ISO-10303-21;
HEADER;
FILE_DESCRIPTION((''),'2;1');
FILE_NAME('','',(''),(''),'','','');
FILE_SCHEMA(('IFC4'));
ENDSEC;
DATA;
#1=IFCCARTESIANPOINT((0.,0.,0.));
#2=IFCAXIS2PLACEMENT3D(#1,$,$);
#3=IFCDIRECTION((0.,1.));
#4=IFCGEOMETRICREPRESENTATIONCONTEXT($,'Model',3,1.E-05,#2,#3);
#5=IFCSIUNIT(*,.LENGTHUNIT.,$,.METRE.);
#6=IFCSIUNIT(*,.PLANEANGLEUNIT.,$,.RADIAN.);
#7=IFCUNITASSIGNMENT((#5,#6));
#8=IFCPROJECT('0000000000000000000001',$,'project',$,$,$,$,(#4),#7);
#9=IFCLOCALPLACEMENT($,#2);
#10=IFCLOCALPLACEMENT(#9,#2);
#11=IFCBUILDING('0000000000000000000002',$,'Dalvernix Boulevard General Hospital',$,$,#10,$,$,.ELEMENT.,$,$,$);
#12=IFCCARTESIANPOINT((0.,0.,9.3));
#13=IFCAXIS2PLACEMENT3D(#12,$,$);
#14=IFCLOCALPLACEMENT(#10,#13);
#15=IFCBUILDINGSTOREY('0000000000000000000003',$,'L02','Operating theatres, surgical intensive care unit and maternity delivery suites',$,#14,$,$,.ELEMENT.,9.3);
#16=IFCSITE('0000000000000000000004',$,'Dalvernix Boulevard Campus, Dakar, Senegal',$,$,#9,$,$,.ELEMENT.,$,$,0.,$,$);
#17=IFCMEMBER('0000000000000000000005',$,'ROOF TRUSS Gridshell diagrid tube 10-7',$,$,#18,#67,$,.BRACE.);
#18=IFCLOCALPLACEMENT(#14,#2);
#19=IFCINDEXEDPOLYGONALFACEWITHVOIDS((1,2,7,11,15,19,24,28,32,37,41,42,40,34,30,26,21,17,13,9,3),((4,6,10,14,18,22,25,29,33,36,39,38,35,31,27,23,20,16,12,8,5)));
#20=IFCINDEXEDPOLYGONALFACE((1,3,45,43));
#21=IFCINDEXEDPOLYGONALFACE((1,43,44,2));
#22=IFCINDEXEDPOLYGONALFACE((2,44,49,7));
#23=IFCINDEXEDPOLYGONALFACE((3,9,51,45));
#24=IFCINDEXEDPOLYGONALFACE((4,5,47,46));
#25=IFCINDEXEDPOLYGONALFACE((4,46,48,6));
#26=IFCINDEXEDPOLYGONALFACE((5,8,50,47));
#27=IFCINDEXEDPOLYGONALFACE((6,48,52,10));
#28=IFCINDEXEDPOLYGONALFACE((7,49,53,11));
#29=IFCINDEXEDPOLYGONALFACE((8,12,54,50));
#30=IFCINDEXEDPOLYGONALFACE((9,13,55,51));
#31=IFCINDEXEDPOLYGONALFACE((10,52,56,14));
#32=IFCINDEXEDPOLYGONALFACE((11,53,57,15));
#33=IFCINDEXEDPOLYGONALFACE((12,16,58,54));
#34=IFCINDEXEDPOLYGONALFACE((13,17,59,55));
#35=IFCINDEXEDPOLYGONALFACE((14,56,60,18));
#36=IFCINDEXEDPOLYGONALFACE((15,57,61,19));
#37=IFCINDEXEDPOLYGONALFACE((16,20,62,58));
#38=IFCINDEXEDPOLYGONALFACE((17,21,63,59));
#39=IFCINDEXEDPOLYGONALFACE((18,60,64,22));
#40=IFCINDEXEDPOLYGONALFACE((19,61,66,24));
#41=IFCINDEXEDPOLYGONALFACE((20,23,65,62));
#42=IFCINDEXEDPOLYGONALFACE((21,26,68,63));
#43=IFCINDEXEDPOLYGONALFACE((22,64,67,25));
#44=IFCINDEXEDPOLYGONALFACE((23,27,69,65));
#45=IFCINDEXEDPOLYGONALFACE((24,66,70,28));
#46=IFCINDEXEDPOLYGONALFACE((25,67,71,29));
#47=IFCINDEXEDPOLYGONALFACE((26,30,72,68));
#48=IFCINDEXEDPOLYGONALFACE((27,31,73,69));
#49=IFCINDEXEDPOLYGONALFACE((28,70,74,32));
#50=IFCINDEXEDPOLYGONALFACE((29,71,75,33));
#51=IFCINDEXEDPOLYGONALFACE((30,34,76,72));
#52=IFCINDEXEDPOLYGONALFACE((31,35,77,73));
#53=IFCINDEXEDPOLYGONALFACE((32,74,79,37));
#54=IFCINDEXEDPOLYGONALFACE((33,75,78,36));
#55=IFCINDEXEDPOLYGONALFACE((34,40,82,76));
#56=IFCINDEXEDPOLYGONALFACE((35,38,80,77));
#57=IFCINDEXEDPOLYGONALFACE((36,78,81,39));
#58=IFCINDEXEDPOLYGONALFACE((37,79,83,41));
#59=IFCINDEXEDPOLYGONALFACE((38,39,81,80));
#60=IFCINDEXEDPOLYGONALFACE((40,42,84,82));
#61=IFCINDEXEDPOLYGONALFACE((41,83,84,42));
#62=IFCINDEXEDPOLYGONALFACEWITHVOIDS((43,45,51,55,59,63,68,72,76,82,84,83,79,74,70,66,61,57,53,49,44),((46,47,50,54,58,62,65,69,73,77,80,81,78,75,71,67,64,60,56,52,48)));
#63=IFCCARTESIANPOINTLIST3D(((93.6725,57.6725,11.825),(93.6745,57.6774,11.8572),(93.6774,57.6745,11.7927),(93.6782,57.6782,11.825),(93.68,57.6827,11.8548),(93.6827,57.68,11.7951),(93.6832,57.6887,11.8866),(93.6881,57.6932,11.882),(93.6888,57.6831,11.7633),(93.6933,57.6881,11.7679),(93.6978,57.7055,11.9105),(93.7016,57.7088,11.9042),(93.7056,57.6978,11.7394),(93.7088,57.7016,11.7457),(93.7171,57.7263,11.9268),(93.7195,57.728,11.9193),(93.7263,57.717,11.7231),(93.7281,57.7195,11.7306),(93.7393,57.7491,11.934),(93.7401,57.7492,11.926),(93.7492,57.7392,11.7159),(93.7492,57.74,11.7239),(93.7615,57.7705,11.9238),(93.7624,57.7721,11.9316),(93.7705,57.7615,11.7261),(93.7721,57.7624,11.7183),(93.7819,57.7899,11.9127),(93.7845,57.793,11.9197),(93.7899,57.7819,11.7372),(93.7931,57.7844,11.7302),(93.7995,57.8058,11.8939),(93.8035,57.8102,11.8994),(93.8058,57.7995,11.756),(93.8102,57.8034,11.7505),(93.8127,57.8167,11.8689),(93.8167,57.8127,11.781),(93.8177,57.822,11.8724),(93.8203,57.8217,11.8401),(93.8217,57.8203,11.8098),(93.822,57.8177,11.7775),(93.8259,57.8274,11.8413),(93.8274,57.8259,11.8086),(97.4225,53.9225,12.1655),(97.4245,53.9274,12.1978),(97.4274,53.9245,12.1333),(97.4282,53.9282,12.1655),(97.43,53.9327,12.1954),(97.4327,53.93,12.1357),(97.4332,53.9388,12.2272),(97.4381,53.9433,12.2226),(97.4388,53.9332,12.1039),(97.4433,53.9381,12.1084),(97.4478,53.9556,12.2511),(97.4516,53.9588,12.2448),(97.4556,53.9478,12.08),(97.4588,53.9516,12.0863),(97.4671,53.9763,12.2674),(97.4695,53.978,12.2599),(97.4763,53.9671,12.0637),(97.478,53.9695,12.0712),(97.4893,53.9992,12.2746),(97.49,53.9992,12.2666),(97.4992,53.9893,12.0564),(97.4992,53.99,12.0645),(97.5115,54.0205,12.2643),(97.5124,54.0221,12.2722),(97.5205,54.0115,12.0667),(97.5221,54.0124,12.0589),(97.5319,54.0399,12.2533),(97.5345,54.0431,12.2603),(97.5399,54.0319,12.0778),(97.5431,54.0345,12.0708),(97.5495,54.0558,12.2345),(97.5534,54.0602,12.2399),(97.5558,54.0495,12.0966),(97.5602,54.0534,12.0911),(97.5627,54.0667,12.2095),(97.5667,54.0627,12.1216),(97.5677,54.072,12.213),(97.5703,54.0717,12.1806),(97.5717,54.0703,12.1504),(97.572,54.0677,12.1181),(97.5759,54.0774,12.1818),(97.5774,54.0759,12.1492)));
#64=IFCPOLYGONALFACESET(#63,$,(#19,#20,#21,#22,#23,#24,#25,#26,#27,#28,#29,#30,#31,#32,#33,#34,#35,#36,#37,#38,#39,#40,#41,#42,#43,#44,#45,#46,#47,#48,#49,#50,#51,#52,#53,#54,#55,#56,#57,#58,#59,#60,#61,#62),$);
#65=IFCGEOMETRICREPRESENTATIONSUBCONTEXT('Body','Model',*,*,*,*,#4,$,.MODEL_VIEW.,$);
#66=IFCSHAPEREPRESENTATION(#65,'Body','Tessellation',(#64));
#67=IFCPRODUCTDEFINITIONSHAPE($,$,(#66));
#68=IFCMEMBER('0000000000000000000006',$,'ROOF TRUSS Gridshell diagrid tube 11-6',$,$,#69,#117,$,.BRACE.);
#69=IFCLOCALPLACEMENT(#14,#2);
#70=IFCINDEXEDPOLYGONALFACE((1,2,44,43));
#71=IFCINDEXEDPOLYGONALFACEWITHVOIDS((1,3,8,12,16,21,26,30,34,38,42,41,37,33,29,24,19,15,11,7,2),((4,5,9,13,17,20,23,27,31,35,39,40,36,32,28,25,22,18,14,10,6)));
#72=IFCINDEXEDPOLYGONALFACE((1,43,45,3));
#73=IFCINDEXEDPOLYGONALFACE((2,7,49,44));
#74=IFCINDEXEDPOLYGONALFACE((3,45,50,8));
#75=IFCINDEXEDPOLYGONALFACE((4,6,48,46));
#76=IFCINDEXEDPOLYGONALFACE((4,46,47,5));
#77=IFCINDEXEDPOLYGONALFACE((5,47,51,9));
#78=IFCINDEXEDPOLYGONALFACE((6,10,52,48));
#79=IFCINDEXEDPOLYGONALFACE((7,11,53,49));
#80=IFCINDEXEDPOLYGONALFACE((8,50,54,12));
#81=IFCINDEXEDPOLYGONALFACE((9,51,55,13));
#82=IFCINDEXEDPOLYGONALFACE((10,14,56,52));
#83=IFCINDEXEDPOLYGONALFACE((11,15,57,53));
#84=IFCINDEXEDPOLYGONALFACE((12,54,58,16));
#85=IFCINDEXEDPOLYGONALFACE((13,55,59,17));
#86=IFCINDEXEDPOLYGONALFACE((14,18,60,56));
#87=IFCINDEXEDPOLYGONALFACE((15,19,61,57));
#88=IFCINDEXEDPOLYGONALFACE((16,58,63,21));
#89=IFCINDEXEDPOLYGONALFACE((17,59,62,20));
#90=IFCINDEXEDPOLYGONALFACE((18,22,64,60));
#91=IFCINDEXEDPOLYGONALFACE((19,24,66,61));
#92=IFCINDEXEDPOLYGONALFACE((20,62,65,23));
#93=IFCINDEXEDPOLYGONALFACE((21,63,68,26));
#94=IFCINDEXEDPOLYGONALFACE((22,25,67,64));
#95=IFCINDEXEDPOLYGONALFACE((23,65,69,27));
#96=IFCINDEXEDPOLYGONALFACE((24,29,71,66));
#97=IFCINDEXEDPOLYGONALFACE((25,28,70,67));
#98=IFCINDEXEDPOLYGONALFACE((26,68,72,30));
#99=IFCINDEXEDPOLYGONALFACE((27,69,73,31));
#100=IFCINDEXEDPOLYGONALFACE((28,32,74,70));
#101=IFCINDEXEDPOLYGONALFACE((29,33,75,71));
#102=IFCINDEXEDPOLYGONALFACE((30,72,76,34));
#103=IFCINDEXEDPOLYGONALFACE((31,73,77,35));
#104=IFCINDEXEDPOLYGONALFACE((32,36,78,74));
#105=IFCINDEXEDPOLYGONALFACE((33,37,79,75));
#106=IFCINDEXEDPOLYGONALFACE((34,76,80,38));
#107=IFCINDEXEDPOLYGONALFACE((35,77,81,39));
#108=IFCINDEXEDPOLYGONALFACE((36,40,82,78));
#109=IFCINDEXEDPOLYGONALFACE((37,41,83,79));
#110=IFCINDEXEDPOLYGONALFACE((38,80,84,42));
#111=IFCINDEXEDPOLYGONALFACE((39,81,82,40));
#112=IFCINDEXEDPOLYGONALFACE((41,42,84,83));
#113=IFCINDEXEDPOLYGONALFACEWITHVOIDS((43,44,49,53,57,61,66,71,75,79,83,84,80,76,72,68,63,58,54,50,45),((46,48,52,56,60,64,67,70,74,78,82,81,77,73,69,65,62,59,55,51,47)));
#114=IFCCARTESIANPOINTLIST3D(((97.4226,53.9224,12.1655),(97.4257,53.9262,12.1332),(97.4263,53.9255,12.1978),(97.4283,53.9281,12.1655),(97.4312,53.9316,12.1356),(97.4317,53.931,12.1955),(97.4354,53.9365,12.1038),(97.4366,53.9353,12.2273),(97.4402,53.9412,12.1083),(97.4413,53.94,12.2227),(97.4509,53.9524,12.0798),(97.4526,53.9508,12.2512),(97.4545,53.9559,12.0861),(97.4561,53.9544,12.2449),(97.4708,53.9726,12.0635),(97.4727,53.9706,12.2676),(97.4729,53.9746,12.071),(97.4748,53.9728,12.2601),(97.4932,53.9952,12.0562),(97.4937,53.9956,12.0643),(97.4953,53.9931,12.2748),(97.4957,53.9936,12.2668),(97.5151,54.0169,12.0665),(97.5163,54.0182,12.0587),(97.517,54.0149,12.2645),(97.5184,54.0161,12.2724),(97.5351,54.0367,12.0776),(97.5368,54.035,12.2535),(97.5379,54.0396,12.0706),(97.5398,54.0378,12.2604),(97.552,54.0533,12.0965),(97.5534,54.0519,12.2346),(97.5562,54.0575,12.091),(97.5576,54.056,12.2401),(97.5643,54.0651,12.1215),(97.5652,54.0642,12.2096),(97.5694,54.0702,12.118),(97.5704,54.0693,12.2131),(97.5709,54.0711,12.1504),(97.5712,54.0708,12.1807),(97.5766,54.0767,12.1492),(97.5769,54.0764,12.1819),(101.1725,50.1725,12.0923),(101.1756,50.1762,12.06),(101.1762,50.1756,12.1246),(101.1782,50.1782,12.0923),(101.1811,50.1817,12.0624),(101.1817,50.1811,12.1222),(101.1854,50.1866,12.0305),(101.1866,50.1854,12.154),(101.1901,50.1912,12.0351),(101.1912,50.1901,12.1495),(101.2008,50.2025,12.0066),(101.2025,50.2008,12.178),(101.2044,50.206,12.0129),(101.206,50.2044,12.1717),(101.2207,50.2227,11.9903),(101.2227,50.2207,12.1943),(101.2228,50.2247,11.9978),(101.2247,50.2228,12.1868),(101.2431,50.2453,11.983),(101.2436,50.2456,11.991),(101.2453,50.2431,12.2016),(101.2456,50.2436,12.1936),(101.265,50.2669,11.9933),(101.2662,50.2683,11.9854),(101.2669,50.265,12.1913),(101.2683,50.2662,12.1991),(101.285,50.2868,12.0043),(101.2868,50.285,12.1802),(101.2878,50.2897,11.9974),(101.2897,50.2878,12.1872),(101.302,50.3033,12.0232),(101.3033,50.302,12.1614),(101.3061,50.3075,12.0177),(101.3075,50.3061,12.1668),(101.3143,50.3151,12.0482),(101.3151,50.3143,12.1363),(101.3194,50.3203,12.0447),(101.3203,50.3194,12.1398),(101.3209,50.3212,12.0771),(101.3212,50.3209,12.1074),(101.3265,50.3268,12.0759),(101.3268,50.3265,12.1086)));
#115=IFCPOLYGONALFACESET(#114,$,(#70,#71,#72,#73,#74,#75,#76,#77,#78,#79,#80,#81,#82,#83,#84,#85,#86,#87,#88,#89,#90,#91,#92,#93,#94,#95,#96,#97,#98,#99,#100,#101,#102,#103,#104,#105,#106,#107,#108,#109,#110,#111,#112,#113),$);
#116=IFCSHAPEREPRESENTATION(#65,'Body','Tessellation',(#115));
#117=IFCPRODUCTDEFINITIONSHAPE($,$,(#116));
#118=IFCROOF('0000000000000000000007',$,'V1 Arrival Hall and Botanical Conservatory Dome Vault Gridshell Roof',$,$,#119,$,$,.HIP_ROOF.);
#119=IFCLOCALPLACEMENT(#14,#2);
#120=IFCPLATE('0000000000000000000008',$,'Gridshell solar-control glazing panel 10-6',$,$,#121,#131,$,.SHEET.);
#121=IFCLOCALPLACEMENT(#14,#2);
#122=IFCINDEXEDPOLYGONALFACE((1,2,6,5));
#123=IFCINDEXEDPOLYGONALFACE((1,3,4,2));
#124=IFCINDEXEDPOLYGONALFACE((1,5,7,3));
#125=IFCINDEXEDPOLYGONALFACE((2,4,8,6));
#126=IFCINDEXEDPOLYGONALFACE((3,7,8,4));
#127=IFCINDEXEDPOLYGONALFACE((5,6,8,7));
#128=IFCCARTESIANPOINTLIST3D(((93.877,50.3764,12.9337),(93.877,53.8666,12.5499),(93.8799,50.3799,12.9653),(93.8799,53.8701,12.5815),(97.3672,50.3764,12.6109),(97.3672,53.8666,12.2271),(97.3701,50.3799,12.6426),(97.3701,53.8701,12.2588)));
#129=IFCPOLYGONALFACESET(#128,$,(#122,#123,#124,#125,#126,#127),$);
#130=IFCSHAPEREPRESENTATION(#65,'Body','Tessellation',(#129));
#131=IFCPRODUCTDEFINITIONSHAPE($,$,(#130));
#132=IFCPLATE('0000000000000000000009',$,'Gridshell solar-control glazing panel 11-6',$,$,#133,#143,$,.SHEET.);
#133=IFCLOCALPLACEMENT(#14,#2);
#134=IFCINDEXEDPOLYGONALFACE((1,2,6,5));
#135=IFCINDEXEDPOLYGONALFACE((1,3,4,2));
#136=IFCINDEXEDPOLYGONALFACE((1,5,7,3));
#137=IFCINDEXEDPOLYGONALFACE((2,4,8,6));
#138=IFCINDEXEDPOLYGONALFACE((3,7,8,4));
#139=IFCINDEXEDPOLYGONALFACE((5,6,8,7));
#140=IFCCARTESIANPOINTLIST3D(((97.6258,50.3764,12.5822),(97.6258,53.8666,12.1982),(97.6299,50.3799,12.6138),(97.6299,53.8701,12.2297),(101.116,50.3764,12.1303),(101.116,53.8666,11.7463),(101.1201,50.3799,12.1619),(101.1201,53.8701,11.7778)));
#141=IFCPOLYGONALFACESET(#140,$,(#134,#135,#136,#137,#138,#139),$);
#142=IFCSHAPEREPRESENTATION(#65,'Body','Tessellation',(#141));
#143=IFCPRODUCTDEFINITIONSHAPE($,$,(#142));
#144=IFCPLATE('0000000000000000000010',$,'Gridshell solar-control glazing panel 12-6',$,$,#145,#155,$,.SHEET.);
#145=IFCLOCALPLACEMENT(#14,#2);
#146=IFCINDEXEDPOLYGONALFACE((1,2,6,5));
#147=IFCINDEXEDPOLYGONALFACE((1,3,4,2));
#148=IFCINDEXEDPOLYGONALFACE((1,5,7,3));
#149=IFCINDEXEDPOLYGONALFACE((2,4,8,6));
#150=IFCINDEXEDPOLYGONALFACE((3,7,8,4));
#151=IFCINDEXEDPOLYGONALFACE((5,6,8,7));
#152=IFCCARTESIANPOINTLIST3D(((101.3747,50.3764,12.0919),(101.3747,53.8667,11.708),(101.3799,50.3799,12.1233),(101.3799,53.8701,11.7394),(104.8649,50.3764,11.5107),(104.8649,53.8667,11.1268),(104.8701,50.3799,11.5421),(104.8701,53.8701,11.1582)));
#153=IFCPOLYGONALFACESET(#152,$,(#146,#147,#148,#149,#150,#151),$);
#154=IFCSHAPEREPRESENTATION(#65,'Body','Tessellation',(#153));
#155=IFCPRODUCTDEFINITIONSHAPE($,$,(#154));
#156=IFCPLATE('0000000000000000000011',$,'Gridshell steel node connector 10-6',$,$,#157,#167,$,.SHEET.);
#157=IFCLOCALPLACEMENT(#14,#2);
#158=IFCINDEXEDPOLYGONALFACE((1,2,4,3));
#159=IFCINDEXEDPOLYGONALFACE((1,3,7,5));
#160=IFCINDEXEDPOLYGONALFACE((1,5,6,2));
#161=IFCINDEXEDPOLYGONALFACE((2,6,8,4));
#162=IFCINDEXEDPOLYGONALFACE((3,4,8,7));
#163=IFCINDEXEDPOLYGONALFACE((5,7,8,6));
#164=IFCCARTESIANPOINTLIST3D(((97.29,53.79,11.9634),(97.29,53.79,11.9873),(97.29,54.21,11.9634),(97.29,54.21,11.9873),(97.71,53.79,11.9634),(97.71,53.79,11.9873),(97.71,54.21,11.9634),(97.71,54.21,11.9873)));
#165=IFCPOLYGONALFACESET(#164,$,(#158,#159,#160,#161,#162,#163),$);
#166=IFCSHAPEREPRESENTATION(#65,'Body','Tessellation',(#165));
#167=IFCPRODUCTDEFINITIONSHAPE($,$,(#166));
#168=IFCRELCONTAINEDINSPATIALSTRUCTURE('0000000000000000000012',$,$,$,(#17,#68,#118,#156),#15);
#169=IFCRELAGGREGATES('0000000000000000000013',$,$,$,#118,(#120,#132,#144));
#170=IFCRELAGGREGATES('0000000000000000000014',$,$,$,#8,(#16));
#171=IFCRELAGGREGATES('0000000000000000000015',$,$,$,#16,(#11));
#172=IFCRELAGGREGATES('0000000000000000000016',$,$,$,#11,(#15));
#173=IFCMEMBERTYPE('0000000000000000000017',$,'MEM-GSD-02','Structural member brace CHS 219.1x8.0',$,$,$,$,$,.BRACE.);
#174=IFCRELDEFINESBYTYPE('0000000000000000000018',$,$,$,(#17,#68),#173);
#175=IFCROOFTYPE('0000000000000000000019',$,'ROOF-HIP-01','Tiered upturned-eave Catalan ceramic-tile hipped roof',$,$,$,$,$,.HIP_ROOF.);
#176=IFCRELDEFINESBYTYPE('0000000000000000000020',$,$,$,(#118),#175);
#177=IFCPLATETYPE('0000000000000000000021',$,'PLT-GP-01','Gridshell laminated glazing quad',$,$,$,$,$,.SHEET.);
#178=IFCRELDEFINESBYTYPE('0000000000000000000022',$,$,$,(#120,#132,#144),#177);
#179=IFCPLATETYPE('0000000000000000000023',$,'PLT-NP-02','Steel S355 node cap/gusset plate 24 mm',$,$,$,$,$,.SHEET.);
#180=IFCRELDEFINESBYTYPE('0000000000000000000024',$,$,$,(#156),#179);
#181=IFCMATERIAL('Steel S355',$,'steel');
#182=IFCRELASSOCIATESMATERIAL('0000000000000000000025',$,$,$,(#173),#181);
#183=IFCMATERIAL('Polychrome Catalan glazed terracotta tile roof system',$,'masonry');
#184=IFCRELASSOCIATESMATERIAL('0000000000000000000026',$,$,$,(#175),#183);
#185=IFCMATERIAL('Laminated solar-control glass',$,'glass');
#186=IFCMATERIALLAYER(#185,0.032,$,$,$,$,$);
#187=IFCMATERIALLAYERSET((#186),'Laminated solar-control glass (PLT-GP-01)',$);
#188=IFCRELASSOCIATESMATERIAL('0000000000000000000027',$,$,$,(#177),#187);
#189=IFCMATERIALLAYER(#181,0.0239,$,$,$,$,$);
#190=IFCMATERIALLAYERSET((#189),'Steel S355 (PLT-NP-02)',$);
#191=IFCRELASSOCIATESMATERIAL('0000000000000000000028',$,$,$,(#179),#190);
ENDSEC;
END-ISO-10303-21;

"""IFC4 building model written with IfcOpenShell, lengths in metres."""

from ifc_helpers import new_model, si_unit, direction, frame, origin, origin_2d, place, context, subcontext, project, spatial, polyline, rectangle, hollow_circle, outline, extrude, material, layer, layer_set, material_profile, profile_set, type_object, element, aggregate, save


model = new_model("IFC4")

# Units and contexts
model_context = context("Model", 3, precision=1e-05, world=origin(), true_north=direction((0.0, 1.0)))
body_context = subcontext(model_context, "Body", "Model", "MODEL_VIEW")
ifc_project = project(units=[si_unit("LENGTHUNIT", "METRE"), si_unit("PLANEANGLEUNIT", "RADIAN")], contexts=[model_context])

# Site, building, storey
site_placement = place(None, origin())
site = spatial("IfcSite", under=ifc_project, at=site_placement, Name="Dalvernix Boulevard Campus, Dakar, Senegal", CompositionType="ELEMENT", RefElevation=0.0)
building_placement = place(site_placement, origin())
building = spatial("IfcBuilding", under=site, at=building_placement, Name="Dalvernix Boulevard General Hospital", CompositionType="ELEMENT")
storey_placement = place(building_placement, frame((0.0, 0.0, 9.3)))
storey = spatial("IfcBuildingStorey", under=building, at=storey_placement, Name="L02", Description="Operating theatres, surgical intensive care unit and maternity delivery suites", CompositionType="ELEMENT", Elevation=9.3)

# Shared definitions
ifc_material_1 = material(Name="Steel S355", Category="steel")

# Members
ifc_material_profile_1 = material_profile(ifc_material_1, hollow_circle(Radius=0.1096, WallThickness=0.0081, at=origin_2d()), Name="CHS 219.1x8.0")
ifc_profile_set_1 = profile_set([ifc_material_profile_1], Name="Steel S355")
member_type_1 = type_object("IfcMemberType", Name="MEM-GSD-02", Description="Structural member brace CHS 219.1x8.0", PredefinedType="BRACE", material=ifc_profile_set_1)
member_1_placement = place(storey_placement, frame((97.5, 54.0, 12.1655), z_axis=(-0.705653, 0.705653, -0.064088), x_axis=(-0.707107, -0.707107, 0.0)))
element("IfcMember", 1, at=member_1_placement, inside=storey, type_object=member_type_1, Name="ROOF TRUSS Gridshell diagrid tube 10-7", PredefinedType="BRACE", context=body_context, shape_type="SweptSolid", body=[
    extrude(hollow_circle(Radius=0.1096, WallThickness=0.0081, at=origin_2d()), origin(), (0.0, 0.0, 1.0), 5.3142),
])
member_2_placement = place(storey_placement, frame((101.25, 50.25, 12.0923), z_axis=(-0.707039, 0.707039, 0.013809), x_axis=(-0.707107, -0.707107, 0.0)))
element("IfcMember", 2, at=member_2_placement, inside=storey, type_object=member_type_1, Name="ROOF TRUSS Gridshell diagrid tube 11-6", PredefinedType="BRACE", context=body_context, shape_type="SweptSolid", body=[
    extrude(hollow_circle(Radius=0.1096, WallThickness=0.0081, at=origin_2d()), origin(), (0.0, 0.0, 1.0), 5.3037),
])

# Roof, plates
ifc_material_2 = material(Name="Polychrome Catalan glazed terracotta tile roof system", Category="masonry")
roof_type = type_object("IfcRoofType", Name="ROOF-HIP-01", Description="Tiered upturned-eave Catalan ceramic-tile hipped roof", PredefinedType="HIP_ROOF", material=ifc_material_2)
roof_placement = place(storey_placement, origin())
roof = element("IfcRoof", 3, at=roof_placement, inside=storey, type_object=roof_type, Name="V1 Arrival Hall and Botanical Conservatory Dome Vault Gridshell Roof", PredefinedType="HIP_ROOF")
ifc_material_3 = material(Name="Laminated solar-control glass", Category="glass")
ifc_layer_1 = layer(ifc_material_3, 0.032)
ifc_layer_set_1 = layer_set([ifc_layer_1], Name="Laminated solar-control glass (PLT-GP-01)")
plate_type_1 = type_object("IfcPlateType", Name="PLT-GP-01", Description="Gridshell laminated glazing quad", PredefinedType="SHEET", material=ifc_layer_set_1)
plate_1_placement = place(storey_placement, frame((93.8799, 50.3799, 12.9653), z_axis=(0.091533, 0.108843, 0.989836), x_axis=(0.995752, 0.0, -0.092081)))
plate_1 = element("IfcPlate", 4, at=plate_1_placement, type_object=plate_type_1, Name="Gridshell solar-control glazing panel 10-6", PredefinedType="SHEET", context=body_context, shape_type="SweptSolid", body=[
    extrude(outline(polyline([(0.0, 0.0), (3.5051, 0.0), (3.5405, 3.5111), (0.0353, 3.5111), (0.0, 0.0)])), origin(), (0.0, 0.0, -1.0), 0.032),
])
plate_2_placement = place(storey_placement, frame((97.6299, 50.3799, 12.6138), z_axis=(0.127647, 0.108476, 0.98587), x_axis=(0.991722, 0.0, -0.128405)))
plate_2 = element("IfcPlate", 5, at=plate_2_placement, type_object=plate_type_1, Name="Gridshell solar-control glazing panel 11-6", PredefinedType="SHEET", context=body_context, shape_type="SweptSolid", body=[
    extrude(outline(polyline([(0.0, 0.0), (3.5194, 0.0), (3.5687, 3.511), (0.0493, 3.511), (0.0, 0.0)])), origin(), (0.0, 0.0, -1.0), 0.032),
])
plate_3_placement = place(storey_placement, frame((101.3799, 50.3799, 12.1233), z_axis=(0.163295, 0.107869, 0.980663), x_axis=(0.986418, 0.000004, -0.164254)))
plate_3 = element("IfcPlate", 6, at=plate_3_placement, type_object=plate_type_1, Name="Gridshell solar-control glazing panel 12-6", PredefinedType="SHEET", context=body_context, shape_type="SweptSolid", body=[
    extrude(outline(polyline([(0.0, 0.0), (3.5383, 0.0), (3.6014, 3.5107), (0.0631, 3.5107), (0.0, 0.0)])), origin(), (0.0, 0.0, -1.0), 0.032),
])
aggregate(roof, [plate_1, plate_2, plate_3])

# Plate
ifc_layer_2 = layer(ifc_material_1, 0.0239)
ifc_layer_set_2 = layer_set([ifc_layer_2], Name="Steel S355 (PLT-NP-02)")
plate_type_2 = type_object("IfcPlateType", Name="PLT-NP-02", Description="Steel S355 node cap/gusset plate 24 mm", PredefinedType="SHEET", material=ifc_layer_set_2)
plate_4_placement = place(storey_placement, frame((97.5, 54.0, 11.9634), z_axis=(0.0, 0.0, 1.0), x_axis=(1.0, 0.0, 0.0)))
element("IfcPlate", 7, at=plate_4_placement, inside=storey, type_object=plate_type_2, Name="Gridshell steel node connector 10-6", PredefinedType="SHEET", context=body_context, shape_type="SweptSolid", body=[
    extrude(rectangle(XDim=0.4199, YDim=0.4199, at=origin_2d()), origin(), (0.0, 0.0, 1.0), 0.0239),
])

save(model, "model.ifc")
